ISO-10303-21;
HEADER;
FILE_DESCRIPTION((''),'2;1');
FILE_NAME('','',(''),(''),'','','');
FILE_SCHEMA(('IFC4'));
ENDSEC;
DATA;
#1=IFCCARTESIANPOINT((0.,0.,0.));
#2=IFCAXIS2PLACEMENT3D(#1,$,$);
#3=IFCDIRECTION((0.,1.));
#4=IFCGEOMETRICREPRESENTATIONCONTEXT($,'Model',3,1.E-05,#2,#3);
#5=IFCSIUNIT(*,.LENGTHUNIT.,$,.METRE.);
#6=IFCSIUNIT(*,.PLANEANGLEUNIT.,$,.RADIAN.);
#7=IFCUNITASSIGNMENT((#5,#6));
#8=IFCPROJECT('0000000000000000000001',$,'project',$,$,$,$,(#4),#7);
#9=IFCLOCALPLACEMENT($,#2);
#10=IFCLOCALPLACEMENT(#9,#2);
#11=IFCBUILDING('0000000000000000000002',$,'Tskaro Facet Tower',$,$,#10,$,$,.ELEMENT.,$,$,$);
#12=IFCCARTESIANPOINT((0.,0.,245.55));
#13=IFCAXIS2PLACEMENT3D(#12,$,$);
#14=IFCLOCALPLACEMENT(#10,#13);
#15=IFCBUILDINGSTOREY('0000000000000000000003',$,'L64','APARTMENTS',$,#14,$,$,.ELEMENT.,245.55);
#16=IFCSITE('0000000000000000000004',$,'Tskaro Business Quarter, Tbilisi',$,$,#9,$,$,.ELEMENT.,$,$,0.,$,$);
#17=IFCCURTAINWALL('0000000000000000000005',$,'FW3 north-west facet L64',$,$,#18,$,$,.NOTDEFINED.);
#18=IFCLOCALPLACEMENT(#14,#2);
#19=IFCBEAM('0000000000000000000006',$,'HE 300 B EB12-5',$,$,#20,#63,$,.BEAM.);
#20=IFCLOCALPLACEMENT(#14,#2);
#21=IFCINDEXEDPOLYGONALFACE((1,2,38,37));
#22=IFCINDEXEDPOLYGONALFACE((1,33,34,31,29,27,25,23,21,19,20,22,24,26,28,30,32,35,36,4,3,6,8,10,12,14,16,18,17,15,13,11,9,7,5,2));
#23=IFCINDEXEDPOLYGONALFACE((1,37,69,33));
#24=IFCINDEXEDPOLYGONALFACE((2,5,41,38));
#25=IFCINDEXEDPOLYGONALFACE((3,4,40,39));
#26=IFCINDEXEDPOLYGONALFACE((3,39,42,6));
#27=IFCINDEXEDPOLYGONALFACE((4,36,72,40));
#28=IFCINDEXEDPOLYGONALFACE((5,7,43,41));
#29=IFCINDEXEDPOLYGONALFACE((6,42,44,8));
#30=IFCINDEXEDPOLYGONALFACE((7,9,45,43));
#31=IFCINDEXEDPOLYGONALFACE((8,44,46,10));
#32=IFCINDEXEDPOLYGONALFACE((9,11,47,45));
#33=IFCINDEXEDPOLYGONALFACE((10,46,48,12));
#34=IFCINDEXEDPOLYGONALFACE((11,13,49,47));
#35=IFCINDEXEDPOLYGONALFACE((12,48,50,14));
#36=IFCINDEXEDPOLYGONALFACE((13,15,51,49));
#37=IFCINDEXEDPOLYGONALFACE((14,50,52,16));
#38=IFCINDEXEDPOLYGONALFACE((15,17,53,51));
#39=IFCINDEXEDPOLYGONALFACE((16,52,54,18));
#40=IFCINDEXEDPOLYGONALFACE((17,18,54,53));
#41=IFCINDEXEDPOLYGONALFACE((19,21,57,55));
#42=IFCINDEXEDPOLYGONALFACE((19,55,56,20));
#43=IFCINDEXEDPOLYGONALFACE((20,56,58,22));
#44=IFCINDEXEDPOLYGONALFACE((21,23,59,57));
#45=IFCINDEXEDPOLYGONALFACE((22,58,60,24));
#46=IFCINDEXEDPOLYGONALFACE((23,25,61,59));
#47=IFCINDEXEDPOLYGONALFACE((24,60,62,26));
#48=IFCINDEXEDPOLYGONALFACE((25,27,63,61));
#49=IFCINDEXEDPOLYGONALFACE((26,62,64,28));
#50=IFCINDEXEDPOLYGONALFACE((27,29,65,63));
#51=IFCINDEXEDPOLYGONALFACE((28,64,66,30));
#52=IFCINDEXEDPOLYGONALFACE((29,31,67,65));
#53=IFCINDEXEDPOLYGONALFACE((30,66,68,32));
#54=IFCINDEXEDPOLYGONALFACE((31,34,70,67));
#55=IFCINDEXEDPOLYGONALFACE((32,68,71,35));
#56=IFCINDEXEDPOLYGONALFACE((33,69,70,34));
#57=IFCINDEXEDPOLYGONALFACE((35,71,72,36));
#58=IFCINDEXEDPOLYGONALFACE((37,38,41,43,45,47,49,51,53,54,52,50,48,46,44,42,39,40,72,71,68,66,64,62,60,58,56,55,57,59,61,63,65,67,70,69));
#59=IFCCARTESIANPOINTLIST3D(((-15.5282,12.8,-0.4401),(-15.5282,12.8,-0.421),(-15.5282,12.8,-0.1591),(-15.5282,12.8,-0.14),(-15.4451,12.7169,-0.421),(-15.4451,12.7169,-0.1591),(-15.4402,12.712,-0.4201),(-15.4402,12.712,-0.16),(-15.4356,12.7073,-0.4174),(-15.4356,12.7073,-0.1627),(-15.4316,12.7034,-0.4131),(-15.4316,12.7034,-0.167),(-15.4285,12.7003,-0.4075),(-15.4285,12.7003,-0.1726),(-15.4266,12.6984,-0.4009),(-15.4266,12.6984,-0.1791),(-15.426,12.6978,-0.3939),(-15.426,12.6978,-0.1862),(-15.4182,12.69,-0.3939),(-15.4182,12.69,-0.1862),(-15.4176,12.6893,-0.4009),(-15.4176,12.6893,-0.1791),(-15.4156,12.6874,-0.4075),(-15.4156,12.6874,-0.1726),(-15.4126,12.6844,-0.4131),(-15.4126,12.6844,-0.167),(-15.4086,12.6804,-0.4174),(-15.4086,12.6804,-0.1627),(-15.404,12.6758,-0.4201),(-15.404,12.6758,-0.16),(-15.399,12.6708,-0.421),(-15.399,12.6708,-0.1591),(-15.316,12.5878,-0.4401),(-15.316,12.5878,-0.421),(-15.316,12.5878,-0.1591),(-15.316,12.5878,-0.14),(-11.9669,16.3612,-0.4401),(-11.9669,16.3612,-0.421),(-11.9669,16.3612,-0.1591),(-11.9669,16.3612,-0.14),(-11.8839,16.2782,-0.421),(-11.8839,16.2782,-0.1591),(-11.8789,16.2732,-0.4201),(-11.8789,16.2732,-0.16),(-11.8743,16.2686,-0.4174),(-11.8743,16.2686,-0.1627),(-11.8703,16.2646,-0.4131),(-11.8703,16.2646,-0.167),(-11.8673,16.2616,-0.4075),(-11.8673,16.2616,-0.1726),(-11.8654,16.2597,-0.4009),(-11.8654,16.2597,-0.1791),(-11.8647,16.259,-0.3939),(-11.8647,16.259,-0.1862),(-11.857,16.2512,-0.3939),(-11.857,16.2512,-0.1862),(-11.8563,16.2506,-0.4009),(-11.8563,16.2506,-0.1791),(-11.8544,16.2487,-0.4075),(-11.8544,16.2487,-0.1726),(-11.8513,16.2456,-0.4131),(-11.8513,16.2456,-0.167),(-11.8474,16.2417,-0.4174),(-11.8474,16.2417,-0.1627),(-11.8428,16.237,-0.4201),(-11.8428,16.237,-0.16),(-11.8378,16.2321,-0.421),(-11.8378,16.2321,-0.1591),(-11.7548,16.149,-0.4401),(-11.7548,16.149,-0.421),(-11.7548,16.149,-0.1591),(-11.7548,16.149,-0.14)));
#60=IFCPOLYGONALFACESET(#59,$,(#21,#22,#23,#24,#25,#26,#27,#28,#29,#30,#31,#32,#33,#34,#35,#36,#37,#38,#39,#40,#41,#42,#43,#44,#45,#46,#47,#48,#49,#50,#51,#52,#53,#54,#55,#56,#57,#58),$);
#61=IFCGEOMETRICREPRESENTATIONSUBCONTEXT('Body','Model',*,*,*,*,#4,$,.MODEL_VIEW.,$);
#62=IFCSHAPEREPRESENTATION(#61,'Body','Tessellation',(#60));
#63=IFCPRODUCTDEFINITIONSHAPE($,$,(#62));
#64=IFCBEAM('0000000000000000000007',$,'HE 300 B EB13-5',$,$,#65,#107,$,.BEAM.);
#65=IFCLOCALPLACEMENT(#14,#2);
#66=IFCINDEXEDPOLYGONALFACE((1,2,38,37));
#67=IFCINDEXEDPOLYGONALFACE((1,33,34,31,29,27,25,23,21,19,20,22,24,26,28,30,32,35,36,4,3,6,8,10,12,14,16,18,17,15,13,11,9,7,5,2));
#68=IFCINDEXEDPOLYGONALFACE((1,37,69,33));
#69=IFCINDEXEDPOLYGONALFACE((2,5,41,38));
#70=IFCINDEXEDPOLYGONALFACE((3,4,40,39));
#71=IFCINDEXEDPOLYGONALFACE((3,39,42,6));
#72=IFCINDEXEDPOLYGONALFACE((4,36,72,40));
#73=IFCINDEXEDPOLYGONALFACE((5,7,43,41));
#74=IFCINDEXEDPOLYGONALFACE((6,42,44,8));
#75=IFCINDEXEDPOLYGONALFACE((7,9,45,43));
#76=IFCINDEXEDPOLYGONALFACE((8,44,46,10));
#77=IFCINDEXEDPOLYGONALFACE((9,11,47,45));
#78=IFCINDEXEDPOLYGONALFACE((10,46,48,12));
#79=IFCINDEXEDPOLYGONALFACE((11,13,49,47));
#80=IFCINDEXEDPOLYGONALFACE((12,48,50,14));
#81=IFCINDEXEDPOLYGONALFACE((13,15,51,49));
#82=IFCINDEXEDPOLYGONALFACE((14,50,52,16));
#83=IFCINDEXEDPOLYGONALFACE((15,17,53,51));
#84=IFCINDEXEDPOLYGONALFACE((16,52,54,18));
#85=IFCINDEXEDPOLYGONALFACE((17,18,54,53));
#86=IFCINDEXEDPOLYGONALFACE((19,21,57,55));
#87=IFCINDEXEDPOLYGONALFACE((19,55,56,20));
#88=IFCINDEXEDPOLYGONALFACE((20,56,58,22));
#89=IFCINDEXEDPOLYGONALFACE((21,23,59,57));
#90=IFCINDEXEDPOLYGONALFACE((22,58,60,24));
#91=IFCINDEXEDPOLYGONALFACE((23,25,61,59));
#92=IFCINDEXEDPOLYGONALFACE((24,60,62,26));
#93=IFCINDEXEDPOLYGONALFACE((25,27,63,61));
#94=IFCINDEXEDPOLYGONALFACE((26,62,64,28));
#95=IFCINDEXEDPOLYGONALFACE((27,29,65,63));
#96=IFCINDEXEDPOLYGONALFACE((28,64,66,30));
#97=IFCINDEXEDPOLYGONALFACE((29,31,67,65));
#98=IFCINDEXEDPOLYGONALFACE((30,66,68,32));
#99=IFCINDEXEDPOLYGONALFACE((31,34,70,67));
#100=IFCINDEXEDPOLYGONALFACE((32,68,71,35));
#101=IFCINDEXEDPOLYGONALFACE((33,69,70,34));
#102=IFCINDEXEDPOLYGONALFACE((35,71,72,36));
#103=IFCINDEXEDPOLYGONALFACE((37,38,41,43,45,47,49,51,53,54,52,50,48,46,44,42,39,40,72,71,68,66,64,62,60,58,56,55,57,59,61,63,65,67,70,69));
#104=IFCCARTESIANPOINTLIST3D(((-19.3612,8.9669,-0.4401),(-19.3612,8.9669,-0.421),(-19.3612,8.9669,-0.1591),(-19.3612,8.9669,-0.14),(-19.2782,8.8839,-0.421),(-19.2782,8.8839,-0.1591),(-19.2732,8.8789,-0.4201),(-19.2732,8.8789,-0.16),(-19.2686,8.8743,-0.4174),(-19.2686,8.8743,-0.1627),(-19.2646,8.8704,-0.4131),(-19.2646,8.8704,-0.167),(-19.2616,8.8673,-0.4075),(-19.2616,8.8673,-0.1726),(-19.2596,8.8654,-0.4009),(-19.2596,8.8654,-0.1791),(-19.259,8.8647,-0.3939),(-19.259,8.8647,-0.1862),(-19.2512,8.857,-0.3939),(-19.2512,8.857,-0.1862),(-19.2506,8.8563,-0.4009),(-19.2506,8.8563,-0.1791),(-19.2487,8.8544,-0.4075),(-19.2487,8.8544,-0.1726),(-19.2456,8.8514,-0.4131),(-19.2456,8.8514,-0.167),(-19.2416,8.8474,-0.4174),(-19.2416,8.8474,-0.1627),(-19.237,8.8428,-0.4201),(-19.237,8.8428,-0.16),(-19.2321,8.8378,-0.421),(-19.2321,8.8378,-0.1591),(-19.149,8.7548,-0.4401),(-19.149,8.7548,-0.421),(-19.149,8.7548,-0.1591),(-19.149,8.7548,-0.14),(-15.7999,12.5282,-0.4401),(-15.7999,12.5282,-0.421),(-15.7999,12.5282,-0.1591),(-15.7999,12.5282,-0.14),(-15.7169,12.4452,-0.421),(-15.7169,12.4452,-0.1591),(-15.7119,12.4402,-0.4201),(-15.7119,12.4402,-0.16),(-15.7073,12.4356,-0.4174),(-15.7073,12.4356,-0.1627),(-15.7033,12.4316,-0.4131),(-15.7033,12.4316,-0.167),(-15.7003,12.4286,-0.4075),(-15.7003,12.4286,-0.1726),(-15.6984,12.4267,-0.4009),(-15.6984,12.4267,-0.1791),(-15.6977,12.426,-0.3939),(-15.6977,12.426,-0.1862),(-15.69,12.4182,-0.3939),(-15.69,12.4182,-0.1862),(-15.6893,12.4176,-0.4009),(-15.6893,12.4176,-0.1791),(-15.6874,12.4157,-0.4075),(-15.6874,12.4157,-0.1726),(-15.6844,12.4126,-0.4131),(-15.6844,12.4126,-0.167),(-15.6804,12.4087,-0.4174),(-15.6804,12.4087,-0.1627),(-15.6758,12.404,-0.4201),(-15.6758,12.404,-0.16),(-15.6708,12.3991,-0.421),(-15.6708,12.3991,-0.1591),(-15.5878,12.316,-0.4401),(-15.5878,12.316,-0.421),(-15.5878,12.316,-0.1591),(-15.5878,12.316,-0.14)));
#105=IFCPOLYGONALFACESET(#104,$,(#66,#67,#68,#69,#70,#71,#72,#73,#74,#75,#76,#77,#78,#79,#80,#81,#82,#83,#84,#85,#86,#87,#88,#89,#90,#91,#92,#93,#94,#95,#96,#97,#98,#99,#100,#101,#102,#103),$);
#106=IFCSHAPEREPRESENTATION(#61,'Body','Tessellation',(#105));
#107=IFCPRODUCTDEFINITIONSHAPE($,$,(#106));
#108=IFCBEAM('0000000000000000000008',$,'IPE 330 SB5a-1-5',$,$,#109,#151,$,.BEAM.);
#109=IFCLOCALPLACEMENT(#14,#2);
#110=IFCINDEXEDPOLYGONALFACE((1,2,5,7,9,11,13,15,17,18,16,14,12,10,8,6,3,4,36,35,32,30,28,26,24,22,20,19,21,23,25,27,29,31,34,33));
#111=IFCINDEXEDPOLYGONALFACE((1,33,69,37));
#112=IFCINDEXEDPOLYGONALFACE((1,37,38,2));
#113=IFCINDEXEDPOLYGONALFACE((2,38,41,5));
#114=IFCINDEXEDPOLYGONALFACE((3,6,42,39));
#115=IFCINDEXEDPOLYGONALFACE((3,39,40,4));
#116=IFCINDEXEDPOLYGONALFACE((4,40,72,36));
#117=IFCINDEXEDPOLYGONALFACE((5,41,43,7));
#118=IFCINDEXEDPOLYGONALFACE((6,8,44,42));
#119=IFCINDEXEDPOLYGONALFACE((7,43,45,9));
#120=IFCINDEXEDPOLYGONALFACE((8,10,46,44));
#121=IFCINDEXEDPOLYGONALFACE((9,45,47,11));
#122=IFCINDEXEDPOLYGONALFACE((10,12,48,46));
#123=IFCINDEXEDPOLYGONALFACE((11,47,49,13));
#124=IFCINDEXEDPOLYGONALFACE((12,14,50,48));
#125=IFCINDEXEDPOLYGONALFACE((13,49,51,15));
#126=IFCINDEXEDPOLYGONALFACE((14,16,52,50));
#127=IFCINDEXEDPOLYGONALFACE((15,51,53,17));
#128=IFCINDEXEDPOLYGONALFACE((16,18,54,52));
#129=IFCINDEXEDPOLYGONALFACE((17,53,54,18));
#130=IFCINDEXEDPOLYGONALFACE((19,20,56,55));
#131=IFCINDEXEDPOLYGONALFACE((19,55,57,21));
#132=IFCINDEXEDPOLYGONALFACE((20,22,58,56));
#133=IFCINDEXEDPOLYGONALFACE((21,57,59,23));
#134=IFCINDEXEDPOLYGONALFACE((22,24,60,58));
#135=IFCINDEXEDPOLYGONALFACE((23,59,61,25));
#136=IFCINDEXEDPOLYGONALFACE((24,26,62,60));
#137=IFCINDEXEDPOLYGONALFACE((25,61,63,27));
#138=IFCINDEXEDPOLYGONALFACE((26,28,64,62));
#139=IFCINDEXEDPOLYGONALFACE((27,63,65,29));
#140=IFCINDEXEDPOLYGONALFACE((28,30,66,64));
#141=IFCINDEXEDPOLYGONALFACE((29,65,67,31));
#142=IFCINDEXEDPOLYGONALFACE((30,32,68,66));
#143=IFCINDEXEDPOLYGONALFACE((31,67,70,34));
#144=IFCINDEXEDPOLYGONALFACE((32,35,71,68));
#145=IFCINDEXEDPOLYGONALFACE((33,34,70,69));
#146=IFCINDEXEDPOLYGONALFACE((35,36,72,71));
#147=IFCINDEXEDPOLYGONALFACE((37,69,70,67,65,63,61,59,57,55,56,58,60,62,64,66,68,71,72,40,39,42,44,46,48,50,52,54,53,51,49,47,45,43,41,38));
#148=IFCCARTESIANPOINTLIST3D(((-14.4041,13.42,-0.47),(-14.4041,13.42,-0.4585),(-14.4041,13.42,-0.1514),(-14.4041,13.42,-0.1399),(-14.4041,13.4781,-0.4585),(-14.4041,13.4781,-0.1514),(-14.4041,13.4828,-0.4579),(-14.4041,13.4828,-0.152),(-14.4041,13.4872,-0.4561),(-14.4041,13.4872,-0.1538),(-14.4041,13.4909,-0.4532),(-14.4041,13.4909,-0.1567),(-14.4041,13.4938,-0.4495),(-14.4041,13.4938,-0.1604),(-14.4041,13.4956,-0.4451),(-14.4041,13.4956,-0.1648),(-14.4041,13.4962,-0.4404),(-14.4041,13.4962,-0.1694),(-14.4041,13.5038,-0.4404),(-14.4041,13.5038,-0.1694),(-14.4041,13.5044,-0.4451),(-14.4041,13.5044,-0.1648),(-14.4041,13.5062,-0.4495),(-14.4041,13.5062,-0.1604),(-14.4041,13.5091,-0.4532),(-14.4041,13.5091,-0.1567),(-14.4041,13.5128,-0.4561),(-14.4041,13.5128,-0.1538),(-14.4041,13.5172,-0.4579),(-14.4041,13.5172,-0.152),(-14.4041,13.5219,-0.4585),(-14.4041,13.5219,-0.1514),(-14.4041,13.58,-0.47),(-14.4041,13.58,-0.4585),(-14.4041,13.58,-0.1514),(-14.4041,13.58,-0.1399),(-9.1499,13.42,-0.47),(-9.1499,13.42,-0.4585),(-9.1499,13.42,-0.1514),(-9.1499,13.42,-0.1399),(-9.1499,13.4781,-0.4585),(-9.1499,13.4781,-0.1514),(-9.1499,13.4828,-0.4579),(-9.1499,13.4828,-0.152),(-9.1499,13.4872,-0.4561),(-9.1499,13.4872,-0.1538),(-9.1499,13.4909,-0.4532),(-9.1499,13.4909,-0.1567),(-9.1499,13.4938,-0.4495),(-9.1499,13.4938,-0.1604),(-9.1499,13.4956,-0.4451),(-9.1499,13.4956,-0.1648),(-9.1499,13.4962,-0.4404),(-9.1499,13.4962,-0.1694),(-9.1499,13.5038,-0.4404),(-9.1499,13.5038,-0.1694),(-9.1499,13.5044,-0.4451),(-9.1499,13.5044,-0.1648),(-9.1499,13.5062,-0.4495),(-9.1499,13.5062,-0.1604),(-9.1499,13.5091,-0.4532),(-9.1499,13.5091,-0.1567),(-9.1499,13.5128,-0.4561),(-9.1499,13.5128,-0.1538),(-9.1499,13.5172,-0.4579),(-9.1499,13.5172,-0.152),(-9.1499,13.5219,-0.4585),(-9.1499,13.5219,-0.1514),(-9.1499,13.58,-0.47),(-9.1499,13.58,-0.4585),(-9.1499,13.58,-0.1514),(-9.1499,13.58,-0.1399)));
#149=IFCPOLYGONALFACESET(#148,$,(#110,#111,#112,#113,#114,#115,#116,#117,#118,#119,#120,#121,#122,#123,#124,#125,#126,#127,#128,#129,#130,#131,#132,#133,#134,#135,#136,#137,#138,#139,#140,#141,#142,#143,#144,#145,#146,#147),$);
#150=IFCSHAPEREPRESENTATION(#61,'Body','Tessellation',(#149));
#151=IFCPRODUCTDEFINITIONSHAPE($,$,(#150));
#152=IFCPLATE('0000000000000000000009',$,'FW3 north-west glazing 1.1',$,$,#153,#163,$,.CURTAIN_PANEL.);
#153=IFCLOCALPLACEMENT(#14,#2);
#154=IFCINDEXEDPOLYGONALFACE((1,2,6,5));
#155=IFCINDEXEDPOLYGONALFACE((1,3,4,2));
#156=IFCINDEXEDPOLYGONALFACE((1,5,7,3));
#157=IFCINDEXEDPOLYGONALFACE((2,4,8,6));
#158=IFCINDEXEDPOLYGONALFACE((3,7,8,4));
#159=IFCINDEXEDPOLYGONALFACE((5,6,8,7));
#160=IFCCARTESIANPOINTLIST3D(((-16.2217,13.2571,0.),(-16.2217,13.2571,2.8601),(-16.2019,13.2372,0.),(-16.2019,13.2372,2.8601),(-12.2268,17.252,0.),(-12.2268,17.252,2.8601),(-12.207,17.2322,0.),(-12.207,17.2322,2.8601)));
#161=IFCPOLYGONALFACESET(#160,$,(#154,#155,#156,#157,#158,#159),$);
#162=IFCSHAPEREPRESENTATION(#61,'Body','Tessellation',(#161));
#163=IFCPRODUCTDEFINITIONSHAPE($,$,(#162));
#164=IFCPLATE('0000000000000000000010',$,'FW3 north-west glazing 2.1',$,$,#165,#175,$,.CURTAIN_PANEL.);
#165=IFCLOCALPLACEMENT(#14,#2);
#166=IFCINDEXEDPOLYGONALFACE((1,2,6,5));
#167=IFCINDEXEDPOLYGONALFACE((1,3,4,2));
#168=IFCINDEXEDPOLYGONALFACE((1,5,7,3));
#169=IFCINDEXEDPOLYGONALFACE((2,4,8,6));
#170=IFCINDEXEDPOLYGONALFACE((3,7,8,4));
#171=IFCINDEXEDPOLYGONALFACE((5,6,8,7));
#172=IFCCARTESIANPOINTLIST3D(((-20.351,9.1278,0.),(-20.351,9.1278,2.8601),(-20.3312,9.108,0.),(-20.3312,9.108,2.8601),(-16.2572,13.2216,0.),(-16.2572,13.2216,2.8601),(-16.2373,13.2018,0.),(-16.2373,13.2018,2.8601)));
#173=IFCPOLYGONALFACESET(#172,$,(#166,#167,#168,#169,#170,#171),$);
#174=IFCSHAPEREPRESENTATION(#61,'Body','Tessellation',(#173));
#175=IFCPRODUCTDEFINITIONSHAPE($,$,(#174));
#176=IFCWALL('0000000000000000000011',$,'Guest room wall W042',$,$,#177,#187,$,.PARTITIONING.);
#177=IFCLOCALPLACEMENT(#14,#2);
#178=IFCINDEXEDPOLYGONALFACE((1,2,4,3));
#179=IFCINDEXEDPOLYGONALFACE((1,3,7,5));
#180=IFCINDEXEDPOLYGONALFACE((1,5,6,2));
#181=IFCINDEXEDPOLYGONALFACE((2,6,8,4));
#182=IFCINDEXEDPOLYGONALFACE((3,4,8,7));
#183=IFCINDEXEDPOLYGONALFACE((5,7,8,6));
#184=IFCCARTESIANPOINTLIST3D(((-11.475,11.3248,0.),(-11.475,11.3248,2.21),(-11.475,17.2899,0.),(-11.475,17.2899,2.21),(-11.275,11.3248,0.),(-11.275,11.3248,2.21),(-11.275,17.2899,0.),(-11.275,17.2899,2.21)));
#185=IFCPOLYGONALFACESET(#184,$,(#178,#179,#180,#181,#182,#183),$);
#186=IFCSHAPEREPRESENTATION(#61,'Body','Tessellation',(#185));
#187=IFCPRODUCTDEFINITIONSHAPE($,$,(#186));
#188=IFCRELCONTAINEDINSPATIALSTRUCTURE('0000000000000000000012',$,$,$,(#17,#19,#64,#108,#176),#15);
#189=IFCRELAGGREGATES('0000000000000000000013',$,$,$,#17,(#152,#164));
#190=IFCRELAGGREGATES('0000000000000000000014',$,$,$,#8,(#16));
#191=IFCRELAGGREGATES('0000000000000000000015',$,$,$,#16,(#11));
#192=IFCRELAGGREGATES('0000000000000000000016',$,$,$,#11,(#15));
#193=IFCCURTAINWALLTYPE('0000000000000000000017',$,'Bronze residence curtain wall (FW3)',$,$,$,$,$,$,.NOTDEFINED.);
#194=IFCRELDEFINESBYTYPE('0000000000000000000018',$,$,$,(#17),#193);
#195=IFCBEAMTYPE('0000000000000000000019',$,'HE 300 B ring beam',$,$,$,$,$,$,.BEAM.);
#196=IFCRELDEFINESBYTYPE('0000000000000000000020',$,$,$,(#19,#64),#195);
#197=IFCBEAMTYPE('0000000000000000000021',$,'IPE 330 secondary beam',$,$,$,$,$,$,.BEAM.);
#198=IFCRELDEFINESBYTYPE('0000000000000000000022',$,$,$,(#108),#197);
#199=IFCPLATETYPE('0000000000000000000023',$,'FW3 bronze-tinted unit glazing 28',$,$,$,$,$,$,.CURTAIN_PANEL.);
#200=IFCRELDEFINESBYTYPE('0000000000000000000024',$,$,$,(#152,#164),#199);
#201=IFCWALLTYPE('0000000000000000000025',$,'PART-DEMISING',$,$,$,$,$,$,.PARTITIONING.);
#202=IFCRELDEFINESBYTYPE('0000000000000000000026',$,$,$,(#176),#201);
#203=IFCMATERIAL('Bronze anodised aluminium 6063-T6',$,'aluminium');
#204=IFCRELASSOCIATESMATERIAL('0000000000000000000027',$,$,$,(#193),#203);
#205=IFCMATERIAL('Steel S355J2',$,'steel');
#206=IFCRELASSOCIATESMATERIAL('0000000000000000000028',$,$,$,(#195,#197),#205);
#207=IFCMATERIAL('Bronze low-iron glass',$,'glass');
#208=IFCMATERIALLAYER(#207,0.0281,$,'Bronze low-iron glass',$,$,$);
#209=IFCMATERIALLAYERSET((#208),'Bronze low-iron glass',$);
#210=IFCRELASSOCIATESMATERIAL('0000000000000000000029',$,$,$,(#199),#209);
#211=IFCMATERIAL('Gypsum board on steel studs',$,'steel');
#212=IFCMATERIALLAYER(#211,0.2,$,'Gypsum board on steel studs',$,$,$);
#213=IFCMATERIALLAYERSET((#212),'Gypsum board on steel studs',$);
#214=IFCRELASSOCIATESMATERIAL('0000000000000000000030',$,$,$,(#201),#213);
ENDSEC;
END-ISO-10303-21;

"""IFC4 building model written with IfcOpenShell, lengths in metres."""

from ifc_helpers import new_model, si_unit, direction, frame, frame_2d, origin, origin_2d, place, context, subcontext, project, spatial, rectangle, i_section, extrude, material, layer, layer_set, material_profile, profile_set, type_object, element, aggregate, save


model = new_model("IFC4")

# Units and contexts
model_context = context("Model", 3, precision=1e-05, world=origin(), true_north=direction((0.0, 1.0)))
body_context = subcontext(model_context, "Body", "Model", "MODEL_VIEW")
ifc_project = project(units=[si_unit("LENGTHUNIT", "METRE"), si_unit("PLANEANGLEUNIT", "RADIAN")], contexts=[model_context])

# Site, building, storey
site_placement = place(None, origin())
site = spatial("IfcSite", under=ifc_project, at=site_placement, Name="Tskaro Business Quarter, Tbilisi", CompositionType="ELEMENT", RefElevation=0.0)
building_placement = place(site_placement, origin())
building = spatial("IfcBuilding", under=site, at=building_placement, Name="Tskaro Facet Tower", CompositionType="ELEMENT")
storey_placement = place(building_placement, frame((0.0, 0.0, 245.55)))
storey = spatial("IfcBuildingStorey", under=building, at=storey_placement, Name="L64", Description="APARTMENTS", CompositionType="ELEMENT", Elevation=245.55)

# Shared definitions
ifc_material_1 = material(Name="Steel S355J2", Category="steel")

# Curtain wall
ifc_material_2 = material(Name="Bronze anodised aluminium 6063-T6", Category="aluminium")
curtain_wall_type = type_object("IfcCurtainWallType", Name="Bronze residence curtain wall (FW3)", PredefinedType="NOTDEFINED", material=ifc_material_2)
curtain_wall_1_placement = place(storey_placement, origin())
curtain_wall_1 = element("IfcCurtainWall", 1, at=curtain_wall_1_placement, inside=storey, type_object=curtain_wall_type, Name="FW3 north-west facet L64", PredefinedType="NOTDEFINED")

# Beams
ifc_material_profile_1 = material_profile(ifc_material_1, i_section(OverallWidth=0.3, OverallDepth=0.3, WebThickness=0.011, FlangeThickness=0.019, FilletRadius=0.0271, at=origin_2d()), Name="HE 300 B")
ifc_profile_set_1 = profile_set([ifc_material_profile_1], Name="Steel S355J2")
beam_type_1 = type_object("IfcBeamType", Name="HE 300 B ring beam", PredefinedType="BEAM", material=ifc_profile_set_1)
for number, where, z_axis, x_axis, name in (
    (2, (-11.8608, 16.2551, -0.29), (-0.707107, -0.707107, 0.0), (0.707107, -0.707107, 0.0), "HE 300 B EB12-5"),
    (3, (-15.6938, 12.4221, -0.29), (-0.707107, -0.707107, 0.0), (0.707107, -0.707107, 0.0), "HE 300 B EB13-5"),
):
    element("IfcBeam", number, at=place(storey_placement, frame(where, z_axis=z_axis, x_axis=x_axis)), inside=storey, type_object=beam_type_1, Name=name, PredefinedType="BEAM", context=body_context, shape_type="SweptSolid", body=[
        extrude(i_section(OverallWidth=0.3, OverallDepth=0.3, WebThickness=0.011, FlangeThickness=0.019, FilletRadius=0.0271, at=origin_2d()), origin(), (0.0, 0.0, 1.0), 5.0364),
    ])
ifc_material_profile_2 = material_profile(ifc_material_1, i_section(OverallWidth=0.1599, OverallDepth=0.3301, WebThickness=0.0076, FlangeThickness=0.0115, FilletRadius=0.0181, at=origin_2d()), Name="IPE 330")
ifc_profile_set_2 = profile_set([ifc_material_profile_2], Name="Steel S355J2")
beam_type_2 = type_object("IfcBeamType", Name="IPE 330 secondary beam", PredefinedType="BEAM", material=ifc_profile_set_2)
beam_placement = place(storey_placement, frame((-14.4041, 13.5, -0.3049), z_axis=(1.0, 0.0, 0.0), x_axis=(0.0, 1.0, 0.0)))
element("IfcBeam", 4, at=beam_placement, inside=storey, type_object=beam_type_2, Name="IPE 330 SB5a-1-5", PredefinedType="BEAM", context=body_context, shape_type="SweptSolid", body=[
    extrude(i_section(OverallWidth=0.1599, OverallDepth=0.3301, WebThickness=0.0076, FlangeThickness=0.0115, FilletRadius=0.0181, at=origin_2d()), origin(), (0.0, 0.0, 1.0), 5.2542),
])

# Plates
ifc_material_3 = material(Name="Bronze low-iron glass", Category="glass")
ifc_layer_1 = layer(ifc_material_3, 0.0281, Name="Bronze low-iron glass")
ifc_layer_set_1 = layer_set([ifc_layer_1], Name="Bronze low-iron glass")
plate_type = type_object("IfcPlateType", Name="FW3 bronze-tinted unit glazing 28", PredefinedType="CURTAIN_PANEL", material=ifc_layer_set_1)
plate_1_placement = place(storey_placement, frame((-14.2144, 15.2446, 0.0), z_axis=(0.0, 0.0, 1.0), x_axis=(-0.707107, -0.707107, 0.0)))
plate_1 = element("IfcPlate", 5, at=plate_1_placement, type_object=plate_type, Name="FW3 north-west glazing 1.1", PredefinedType="CURTAIN_PANEL", context=body_context, shape_type="SweptSolid", body=[
    extrude(rectangle(XDim=5.6497, YDim=0.0281, at=origin_2d()), origin(), (0.0, 0.0, 1.0), 2.8601),
])
plate_2_placement = place(storey_placement, frame((-18.2942, 11.1648, 0.0), z_axis=(0.0, 0.0, 1.0), x_axis=(-0.707107, -0.707107, 0.0)))
plate_2 = element("IfcPlate", 6, at=plate_2_placement, type_object=plate_type, Name="FW3 north-west glazing 2.1", PredefinedType="CURTAIN_PANEL", context=body_context, shape_type="SweptSolid", body=[
    extrude(rectangle(XDim=5.7896, YDim=0.0281, at=origin_2d()), origin(), (0.0, 0.0, 1.0), 2.8601),
])
aggregate(curtain_wall_1, [plate_1, plate_2])

# Wall
ifc_material_4 = material(Name="Gypsum board on steel studs", Category="steel")
ifc_layer_2 = layer(ifc_material_4, 0.2, Name="Gypsum board on steel studs")
ifc_layer_set_2 = layer_set([ifc_layer_2], Name="Gypsum board on steel studs")
wall_type = type_object("IfcWallType", Name="PART-DEMISING", PredefinedType="PARTITIONING", material=ifc_layer_set_2)
wall_placement = place(storey_placement, frame((-11.375, 11.325, 0.0), z_axis=(0.0, 0.0, 1.0), x_axis=(0.0, 1.0, 0.0)))
element("IfcWall", 7, at=wall_placement, inside=storey, type_object=wall_type, Name="Guest room wall W042", PredefinedType="PARTITIONING", context=body_context, shape_type="SweptSolid", body=[
    extrude(rectangle(XDim=5.9651, YDim=0.2, at=frame_2d((2.9824, 0.0))), origin(), (0.0, 0.0, 1.0), 2.21),
])

save(model, "model.ifc")
